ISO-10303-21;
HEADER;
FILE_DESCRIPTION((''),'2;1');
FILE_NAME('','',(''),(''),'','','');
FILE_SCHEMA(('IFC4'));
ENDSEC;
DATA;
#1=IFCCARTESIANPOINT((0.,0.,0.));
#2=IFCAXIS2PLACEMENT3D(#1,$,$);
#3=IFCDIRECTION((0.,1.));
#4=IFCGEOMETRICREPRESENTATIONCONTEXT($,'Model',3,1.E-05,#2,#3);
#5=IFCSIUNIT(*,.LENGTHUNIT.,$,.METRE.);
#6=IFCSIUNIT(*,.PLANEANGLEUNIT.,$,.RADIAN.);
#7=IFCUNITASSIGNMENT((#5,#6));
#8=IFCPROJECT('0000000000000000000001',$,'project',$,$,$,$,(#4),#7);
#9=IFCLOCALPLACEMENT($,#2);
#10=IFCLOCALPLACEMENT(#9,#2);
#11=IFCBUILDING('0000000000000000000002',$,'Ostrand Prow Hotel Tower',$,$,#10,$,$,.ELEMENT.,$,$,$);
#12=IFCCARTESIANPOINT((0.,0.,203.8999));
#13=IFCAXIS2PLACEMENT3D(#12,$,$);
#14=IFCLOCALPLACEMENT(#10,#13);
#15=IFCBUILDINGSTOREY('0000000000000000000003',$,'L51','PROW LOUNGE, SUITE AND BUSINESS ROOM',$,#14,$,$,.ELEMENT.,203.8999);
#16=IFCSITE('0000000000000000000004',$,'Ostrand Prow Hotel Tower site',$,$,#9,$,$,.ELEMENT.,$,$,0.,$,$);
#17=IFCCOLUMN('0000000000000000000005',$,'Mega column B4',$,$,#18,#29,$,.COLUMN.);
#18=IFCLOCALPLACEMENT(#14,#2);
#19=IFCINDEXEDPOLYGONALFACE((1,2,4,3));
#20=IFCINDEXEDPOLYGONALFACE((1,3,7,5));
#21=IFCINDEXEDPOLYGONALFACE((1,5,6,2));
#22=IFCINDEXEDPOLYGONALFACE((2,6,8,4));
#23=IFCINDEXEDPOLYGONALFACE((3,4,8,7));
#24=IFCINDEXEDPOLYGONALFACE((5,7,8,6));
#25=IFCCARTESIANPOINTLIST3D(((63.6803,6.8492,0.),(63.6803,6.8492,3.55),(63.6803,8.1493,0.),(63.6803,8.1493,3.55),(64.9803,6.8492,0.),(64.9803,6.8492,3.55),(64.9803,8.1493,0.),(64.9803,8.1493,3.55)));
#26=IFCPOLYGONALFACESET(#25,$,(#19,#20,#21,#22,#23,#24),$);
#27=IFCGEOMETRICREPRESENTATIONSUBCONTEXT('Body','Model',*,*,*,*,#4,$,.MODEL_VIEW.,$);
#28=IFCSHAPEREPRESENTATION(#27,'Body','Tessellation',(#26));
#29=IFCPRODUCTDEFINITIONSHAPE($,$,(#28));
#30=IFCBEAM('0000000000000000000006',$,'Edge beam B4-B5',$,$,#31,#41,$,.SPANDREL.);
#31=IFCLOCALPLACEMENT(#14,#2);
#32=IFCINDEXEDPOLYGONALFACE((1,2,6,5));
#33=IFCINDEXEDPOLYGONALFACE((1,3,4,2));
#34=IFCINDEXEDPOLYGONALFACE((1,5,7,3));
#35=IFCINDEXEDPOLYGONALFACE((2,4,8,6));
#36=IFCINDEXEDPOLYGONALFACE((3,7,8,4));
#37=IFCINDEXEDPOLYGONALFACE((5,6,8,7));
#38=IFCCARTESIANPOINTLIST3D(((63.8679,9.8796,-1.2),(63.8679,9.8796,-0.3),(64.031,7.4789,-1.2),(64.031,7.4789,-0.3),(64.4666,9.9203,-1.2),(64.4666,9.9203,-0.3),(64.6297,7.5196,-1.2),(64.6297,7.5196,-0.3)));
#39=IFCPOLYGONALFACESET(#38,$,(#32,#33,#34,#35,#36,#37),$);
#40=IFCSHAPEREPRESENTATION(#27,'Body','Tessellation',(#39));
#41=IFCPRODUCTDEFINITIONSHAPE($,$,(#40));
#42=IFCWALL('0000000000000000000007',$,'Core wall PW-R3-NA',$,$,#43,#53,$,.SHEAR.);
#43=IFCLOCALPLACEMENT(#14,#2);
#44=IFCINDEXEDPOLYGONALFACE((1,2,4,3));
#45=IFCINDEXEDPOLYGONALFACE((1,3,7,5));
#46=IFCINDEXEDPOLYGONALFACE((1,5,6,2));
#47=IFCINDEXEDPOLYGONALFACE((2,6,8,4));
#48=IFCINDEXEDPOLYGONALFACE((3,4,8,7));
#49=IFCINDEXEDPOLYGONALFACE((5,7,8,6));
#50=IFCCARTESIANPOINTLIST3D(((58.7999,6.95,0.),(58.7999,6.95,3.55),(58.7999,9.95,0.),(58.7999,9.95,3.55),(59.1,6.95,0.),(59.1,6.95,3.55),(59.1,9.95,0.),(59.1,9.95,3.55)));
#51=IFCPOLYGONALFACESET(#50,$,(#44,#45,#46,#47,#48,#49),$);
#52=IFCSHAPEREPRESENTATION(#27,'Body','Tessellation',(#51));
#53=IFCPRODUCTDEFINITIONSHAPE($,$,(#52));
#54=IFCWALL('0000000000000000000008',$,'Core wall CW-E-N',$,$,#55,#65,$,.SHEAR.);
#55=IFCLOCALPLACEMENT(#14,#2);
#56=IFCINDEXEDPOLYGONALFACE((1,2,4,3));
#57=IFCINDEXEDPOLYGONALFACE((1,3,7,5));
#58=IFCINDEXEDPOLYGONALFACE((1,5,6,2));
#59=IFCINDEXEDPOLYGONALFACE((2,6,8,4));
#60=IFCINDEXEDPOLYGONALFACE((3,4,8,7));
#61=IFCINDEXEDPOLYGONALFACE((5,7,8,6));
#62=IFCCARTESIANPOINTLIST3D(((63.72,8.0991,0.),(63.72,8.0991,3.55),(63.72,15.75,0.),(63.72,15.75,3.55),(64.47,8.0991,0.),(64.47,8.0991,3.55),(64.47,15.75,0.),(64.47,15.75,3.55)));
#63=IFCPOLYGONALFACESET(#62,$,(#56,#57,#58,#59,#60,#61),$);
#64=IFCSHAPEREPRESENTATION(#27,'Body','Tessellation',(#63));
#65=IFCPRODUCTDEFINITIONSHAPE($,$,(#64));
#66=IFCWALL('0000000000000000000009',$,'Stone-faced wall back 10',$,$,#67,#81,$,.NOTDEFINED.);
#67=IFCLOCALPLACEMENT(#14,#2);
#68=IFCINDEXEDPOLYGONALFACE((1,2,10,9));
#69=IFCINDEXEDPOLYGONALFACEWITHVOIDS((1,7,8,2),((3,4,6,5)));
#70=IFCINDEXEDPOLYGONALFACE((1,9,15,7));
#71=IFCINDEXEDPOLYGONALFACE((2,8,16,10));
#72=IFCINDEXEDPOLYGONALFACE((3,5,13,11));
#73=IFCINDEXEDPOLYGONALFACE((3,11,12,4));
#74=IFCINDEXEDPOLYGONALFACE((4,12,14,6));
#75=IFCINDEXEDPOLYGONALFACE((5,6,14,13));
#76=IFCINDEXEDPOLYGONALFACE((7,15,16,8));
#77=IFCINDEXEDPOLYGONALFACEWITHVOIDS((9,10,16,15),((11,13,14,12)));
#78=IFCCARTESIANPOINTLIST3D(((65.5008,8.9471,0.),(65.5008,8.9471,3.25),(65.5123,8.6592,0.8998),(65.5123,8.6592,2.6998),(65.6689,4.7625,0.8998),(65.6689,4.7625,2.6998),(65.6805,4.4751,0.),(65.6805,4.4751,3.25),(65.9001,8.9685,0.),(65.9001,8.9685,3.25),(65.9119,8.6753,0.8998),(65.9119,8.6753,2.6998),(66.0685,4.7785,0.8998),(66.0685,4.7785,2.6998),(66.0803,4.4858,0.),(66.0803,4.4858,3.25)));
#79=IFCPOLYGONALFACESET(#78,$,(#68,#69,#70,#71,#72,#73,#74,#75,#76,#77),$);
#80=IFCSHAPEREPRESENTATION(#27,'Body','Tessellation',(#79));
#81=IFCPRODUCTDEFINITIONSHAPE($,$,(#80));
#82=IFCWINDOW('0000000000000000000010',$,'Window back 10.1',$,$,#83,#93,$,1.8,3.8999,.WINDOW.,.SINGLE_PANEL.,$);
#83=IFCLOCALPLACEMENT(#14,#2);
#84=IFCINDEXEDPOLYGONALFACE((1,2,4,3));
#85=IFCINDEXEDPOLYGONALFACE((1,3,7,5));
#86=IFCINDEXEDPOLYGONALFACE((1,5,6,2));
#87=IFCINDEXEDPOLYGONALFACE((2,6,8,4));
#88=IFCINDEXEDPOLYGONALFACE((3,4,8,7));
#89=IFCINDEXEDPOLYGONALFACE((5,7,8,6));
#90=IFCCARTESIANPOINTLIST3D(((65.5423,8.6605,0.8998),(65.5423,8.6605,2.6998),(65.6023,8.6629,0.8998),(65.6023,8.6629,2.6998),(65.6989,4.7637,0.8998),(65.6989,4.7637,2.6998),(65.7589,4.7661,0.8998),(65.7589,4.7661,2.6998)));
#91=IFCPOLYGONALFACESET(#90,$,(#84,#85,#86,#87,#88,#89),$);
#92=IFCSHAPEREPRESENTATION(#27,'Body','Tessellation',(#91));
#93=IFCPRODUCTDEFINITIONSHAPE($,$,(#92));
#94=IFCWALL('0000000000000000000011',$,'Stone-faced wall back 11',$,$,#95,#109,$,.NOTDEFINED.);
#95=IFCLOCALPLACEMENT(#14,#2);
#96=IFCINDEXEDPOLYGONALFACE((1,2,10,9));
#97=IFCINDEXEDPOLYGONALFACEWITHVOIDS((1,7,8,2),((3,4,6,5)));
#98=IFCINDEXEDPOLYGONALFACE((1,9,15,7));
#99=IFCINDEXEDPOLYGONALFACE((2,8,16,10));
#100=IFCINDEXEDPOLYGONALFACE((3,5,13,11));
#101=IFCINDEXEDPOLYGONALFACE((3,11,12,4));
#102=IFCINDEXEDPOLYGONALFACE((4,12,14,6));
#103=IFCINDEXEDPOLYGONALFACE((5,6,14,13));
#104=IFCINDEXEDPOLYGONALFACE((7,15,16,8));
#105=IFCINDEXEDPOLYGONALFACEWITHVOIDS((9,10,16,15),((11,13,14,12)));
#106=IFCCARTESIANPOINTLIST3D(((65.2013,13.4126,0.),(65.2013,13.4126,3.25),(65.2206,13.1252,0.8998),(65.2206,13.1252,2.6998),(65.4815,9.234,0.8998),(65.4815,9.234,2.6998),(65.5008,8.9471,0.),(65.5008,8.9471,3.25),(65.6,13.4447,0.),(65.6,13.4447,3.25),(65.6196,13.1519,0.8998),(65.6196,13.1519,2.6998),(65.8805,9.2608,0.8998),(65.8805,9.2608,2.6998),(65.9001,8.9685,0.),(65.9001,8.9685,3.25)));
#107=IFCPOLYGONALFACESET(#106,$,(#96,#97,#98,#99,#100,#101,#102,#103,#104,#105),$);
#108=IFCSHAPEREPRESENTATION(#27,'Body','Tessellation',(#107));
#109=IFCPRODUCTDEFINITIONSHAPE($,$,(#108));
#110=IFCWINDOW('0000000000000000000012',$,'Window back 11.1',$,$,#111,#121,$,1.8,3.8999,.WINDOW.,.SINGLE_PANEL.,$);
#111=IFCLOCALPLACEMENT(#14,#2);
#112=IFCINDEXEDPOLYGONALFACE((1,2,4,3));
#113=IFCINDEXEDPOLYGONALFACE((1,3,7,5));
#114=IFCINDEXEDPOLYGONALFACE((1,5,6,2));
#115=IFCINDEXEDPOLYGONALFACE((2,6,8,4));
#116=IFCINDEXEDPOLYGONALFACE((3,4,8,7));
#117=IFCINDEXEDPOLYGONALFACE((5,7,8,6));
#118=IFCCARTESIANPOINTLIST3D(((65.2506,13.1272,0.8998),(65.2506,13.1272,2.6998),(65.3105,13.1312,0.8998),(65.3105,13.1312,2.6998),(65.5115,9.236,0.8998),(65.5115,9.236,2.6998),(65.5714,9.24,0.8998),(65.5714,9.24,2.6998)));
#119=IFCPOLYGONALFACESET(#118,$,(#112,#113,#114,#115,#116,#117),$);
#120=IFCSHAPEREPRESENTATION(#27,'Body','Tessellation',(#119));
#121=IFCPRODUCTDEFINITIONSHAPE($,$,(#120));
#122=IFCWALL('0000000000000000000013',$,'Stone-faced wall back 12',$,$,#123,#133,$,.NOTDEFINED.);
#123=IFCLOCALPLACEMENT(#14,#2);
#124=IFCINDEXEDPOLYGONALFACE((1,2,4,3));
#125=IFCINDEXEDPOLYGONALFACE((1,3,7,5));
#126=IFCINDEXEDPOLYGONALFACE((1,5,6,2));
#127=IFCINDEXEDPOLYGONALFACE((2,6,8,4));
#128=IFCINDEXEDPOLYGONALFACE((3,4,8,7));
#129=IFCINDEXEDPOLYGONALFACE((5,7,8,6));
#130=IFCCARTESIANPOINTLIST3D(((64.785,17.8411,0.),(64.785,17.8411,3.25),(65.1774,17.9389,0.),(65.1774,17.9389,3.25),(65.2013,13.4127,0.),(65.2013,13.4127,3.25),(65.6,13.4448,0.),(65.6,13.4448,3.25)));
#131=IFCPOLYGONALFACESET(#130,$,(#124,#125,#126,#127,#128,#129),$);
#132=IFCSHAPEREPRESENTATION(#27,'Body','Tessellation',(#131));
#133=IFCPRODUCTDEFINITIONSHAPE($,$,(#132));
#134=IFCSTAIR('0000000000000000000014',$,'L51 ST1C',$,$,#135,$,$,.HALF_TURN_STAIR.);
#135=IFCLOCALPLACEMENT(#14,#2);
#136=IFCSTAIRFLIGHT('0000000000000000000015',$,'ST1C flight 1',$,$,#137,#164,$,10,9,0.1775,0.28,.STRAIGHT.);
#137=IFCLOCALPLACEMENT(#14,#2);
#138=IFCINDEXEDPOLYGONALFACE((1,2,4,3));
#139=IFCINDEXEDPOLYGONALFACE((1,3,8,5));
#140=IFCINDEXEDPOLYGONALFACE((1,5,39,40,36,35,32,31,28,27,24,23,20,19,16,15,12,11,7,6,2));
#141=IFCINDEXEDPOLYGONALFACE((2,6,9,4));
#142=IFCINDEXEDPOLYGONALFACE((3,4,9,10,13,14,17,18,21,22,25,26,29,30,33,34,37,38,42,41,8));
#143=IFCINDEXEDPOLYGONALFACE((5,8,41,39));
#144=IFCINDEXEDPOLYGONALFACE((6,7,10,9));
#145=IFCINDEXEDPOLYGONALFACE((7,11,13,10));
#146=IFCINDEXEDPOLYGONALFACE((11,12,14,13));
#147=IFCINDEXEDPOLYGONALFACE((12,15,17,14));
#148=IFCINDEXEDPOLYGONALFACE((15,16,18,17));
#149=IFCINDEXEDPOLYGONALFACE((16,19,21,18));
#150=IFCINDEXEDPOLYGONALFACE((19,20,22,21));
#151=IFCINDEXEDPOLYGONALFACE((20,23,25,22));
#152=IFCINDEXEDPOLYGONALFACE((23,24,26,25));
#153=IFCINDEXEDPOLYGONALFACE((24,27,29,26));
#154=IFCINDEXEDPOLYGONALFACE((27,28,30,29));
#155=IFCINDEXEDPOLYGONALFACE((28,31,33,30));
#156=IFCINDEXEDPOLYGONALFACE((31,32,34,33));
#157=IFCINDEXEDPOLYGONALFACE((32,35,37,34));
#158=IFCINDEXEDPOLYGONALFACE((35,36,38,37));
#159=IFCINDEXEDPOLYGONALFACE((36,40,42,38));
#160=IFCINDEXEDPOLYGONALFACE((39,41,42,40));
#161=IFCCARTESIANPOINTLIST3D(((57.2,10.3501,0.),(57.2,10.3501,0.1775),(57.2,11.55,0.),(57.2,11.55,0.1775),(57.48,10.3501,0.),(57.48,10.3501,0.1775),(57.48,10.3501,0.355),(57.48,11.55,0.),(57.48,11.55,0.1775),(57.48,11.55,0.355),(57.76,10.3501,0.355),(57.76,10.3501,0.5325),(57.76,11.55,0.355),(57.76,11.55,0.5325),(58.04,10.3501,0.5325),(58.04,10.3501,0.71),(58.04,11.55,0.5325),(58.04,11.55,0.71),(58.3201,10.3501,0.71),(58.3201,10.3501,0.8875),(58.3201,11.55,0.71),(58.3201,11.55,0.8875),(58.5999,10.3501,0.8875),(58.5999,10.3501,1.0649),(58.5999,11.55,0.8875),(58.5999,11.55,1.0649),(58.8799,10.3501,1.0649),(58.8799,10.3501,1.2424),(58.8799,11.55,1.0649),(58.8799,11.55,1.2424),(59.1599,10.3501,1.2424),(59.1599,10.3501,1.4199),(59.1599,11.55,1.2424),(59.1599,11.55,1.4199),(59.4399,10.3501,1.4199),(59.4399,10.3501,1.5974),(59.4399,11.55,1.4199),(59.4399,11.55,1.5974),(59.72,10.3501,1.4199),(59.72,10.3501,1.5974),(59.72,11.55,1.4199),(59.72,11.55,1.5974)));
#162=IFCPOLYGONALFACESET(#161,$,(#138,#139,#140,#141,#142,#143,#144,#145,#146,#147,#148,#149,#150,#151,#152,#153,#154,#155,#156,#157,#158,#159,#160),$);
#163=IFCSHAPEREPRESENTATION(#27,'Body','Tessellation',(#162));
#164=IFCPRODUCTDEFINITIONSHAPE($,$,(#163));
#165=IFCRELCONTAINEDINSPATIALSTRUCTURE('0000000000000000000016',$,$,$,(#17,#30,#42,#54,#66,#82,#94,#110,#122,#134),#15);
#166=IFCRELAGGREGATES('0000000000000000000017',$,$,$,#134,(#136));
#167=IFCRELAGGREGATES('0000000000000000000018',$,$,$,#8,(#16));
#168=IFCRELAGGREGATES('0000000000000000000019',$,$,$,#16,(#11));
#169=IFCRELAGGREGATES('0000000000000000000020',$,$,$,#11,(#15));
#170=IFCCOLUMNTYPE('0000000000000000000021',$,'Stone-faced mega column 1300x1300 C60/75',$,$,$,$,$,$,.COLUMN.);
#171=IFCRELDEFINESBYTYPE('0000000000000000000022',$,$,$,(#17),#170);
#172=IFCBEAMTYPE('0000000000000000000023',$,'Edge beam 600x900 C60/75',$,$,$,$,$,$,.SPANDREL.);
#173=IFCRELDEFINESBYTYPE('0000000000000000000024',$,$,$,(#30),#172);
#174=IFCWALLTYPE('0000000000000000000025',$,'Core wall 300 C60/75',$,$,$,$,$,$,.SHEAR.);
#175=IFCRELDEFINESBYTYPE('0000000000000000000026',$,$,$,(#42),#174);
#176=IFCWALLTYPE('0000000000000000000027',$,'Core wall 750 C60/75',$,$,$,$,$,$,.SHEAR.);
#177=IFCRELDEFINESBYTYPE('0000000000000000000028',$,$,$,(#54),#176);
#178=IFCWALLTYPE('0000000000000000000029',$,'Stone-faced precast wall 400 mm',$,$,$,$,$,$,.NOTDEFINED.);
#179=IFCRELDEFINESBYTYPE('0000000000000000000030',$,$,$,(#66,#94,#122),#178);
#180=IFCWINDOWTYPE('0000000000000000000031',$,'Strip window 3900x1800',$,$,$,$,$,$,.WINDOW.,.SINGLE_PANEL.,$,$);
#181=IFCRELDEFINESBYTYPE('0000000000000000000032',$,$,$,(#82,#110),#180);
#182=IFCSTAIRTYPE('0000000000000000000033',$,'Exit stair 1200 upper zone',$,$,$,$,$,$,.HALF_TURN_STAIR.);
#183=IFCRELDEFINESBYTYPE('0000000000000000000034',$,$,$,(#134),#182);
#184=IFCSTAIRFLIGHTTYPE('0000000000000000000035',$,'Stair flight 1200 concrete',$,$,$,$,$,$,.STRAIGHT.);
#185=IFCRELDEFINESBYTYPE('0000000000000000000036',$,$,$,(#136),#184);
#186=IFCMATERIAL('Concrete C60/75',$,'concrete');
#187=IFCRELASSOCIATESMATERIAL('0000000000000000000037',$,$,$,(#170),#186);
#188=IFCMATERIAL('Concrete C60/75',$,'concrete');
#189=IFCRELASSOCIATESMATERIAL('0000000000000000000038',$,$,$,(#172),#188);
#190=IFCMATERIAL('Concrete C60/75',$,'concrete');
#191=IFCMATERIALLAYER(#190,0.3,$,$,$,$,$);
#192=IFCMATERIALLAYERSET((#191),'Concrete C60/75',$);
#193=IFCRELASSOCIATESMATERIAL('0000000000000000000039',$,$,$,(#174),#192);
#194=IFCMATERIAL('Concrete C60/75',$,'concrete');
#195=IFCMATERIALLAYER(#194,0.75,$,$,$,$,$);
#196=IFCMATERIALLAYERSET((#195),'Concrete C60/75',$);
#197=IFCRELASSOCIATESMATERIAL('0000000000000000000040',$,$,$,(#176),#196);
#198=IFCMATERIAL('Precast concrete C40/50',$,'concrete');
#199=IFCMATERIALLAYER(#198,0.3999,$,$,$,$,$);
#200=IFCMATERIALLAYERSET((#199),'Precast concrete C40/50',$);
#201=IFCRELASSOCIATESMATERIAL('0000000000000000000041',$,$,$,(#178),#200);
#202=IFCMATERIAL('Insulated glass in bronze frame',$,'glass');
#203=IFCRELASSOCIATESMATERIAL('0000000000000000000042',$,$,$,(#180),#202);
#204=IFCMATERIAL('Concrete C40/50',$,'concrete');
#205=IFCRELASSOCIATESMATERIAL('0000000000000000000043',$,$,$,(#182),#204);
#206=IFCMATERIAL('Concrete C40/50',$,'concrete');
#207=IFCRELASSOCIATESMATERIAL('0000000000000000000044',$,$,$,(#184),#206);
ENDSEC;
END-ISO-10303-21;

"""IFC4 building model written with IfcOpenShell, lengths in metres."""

from ifc_helpers import new_model, si_unit, direction, frame, frame_2d, origin, origin_2d, place, context, subcontext, project, spatial, polyline, rectangle, outline, extrude, material, layer, layer_set, material_profile, profile_set, type_object, element, fill, aggregate, save


model = new_model("IFC4")

# Units and contexts
model_context = context("Model", 3, precision=1e-05, world=origin(), true_north=direction((0.0, 1.0)))
body_context = subcontext(model_context, "Body", "Model", "MODEL_VIEW")
ifc_project = project(units=[si_unit("LENGTHUNIT", "METRE"), si_unit("PLANEANGLEUNIT", "RADIAN")], contexts=[model_context])

# Site, building, storey
site_placement = place(None, origin())
site = spatial("IfcSite", under=ifc_project, at=site_placement, Name="Ostrand Prow Hotel Tower site", CompositionType="ELEMENT", RefElevation=0.0)
building_placement = place(site_placement, origin())
building = spatial("IfcBuilding", under=site, at=building_placement, Name="Ostrand Prow Hotel Tower", CompositionType="ELEMENT")
storey_placement = place(building_placement, frame((0.0, 0.0, 203.8999)))
storey = spatial("IfcBuildingStorey", under=building, at=storey_placement, Name="L51", Description="PROW LOUNGE, SUITE AND BUSINESS ROOM", CompositionType="ELEMENT", Elevation=203.8999)

# Column
ifc_material_1 = material(Name="Concrete C60/75", Category="concrete")
ifc_material_profile_1 = material_profile(ifc_material_1, rectangle(XDim=1.3, YDim=1.3, at=origin_2d()), Name="RC 1300x1300")
ifc_profile_set_1 = profile_set([ifc_material_profile_1], Name="Concrete C60/75")
column_type = type_object("IfcColumnType", Name="Stone-faced mega column 1300x1300 C60/75", PredefinedType="COLUMN", material=ifc_profile_set_1)
column_placement = place(storey_placement, frame((64.3303, 7.4993, 0.0), z_axis=(0.0, 0.0, 1.0), x_axis=(1.0, 0.0, 0.0)))
element("IfcColumn", 1, at=column_placement, inside=storey, type_object=column_type, Name="Mega column B4", PredefinedType="COLUMN", context=body_context, shape_type="SweptSolid", body=[
    extrude(rectangle(XDim=1.3, YDim=1.3, at=origin_2d()), origin(), (0.0, 0.0, 1.0), 3.55),
])

# Beam
ifc_material_2 = material(Name="Concrete C60/75", Category="concrete")
ifc_material_profile_2 = material_profile(ifc_material_2, rectangle(XDim=0.6001, YDim=0.8999, at=origin_2d()), Name="RC 600x900")
ifc_profile_set_2 = profile_set([ifc_material_profile_2], Name="Concrete C60/75")
beam_type = type_object("IfcBeamType", Name="Edge beam 600x900 C60/75", PredefinedType="SPANDREL", material=ifc_profile_set_2)
beam_placement = place(storey_placement, frame((64.3303, 7.4993, -0.75), z_axis=(-0.067778, 0.9977, 0.0), x_axis=(-0.9977, -0.067778, 0.0)))
element("IfcBeam", 2, at=beam_placement, inside=storey, type_object=beam_type, Name="Edge beam B4-B5", PredefinedType="SPANDREL", context=body_context, shape_type="SweptSolid", body=[
    extrude(rectangle(XDim=0.6001, YDim=0.8999, at=origin_2d()), origin(), (0.0, 0.0, 1.0), 2.4062),
])

# Walls
ifc_material_3 = material(Name="Concrete C60/75", Category="concrete")
ifc_layer_1 = layer(ifc_material_3, 0.3)
ifc_layer_set_1 = layer_set([ifc_layer_1], Name="Concrete C60/75")
wall_type_1 = type_object("IfcWallType", Name="Core wall 300 C60/75", PredefinedType="SHEAR", material=ifc_layer_set_1)
wall_1_placement = place(storey_placement, frame((58.95, 6.95, 0.0), z_axis=(0.0, 0.0, 1.0), x_axis=(0.0, 1.0, 0.0)))
element("IfcWall", 3, at=wall_1_placement, inside=storey, type_object=wall_type_1, Name="Core wall PW-R3-NA", PredefinedType="SHEAR", context=body_context, shape_type="SweptSolid", body=[
    extrude(rectangle(XDim=3.0, YDim=0.3, at=frame_2d((1.5, 0.0))), origin(), (0.0, 0.0, 1.0), 3.55),
])
ifc_material_4 = material(Name="Concrete C60/75", Category="concrete")
ifc_layer_2 = layer(ifc_material_4, 0.75)
ifc_layer_set_2 = layer_set([ifc_layer_2], Name="Concrete C60/75")
wall_type_2 = type_object("IfcWallType", Name="Core wall 750 C60/75", PredefinedType="SHEAR", material=ifc_layer_set_2)
wall_2_placement = place(storey_placement, frame((64.095, 8.0991, 0.0), z_axis=(0.0, 0.0, 1.0), x_axis=(0.0, 1.0, 0.0)))
element("IfcWall", 4, at=wall_2_placement, inside=storey, type_object=wall_type_2, Name="Core wall CW-E-N", PredefinedType="SHEAR", context=body_context, shape_type="SweptSolid", body=[
    extrude(rectangle(XDim=7.6509, YDim=0.75, at=frame_2d((3.8254, 0.0))), origin(), (0.0, 0.0, 1.0), 3.55),
])

# Walls, openings, windows
ifc_material_5 = material(Name="Precast concrete C40/50", Category="concrete")
ifc_layer_3 = layer(ifc_material_5, 0.3999)
ifc_layer_set_3 = layer_set([ifc_layer_3], Name="Precast concrete C40/50")
wall_type_3 = type_object("IfcWallType", Name="Stone-faced precast wall 400 mm", PredefinedType="NOTDEFINED", material=ifc_layer_set_3)
wall_3_placement = place(storey_placement, frame((65.8804, 4.4805, 0.0), z_axis=(0.0, 0.0, 1.0), x_axis=(-0.040155, 0.999193, 0.0)))
wall_3 = element("IfcWall", 5, at=wall_3_placement, inside=storey, type_object=wall_type_3, Name="Stone-faced wall back 10", PredefinedType="NOTDEFINED", context=body_context, shape_type="SweptSolid", body=[
    extrude(outline(polyline([(-0.0027, -0.2), (4.4836, -0.2), (4.4783, 0.2), (0.0027, 0.2), (-0.0027, -0.2)])), origin(), (0.0, 0.0, 1.0), 3.25),
])
opening_1_placement = place(wall_3_placement, frame((0.2903, 0.0, 0.8999)))
opening_1 = element("IfcOpeningElement", 6, at=opening_1_placement, cuts=wall_3, PredefinedType="OPENING", context=body_context, shape_type="SweptSolid", body=[
    extrude(rectangle(XDim=3.8999, YDim=1.8, at=frame_2d((1.95, 0.8999))), frame((0.0, 0.21, 0.0), z_axis=(0.0, -1.0, 0.0), x_axis=(1.0, 0.0, 0.0)), (0.0, 0.0, 1.0), 0.4199),
])
ifc_material_6 = material(Name="Insulated glass in bronze frame", Category="glass")
window_type = type_object("IfcWindowType", Name="Strip window 3900x1800", PartitioningType="SINGLE_PANEL", PredefinedType="WINDOW", material=ifc_material_6)
window_1_placement = place(opening_1_placement, origin())
window_1 = element("IfcWindow", 7, at=window_1_placement, inside=storey, type_object=window_type, Name="Window back 10.1", OverallHeight=1.8, OverallWidth=3.8999, PartitioningType="SINGLE_PANEL", PredefinedType="WINDOW", context=body_context, shape_type="SweptSolid", body=[
    extrude(rectangle(XDim=3.8999, YDim=1.8, at=frame_2d((1.95, 0.8999))), frame((0.0, 0.1699, 0.0), z_axis=(0.0, -1.0, 0.0), x_axis=(1.0, 0.0, 0.0)), (0.0, 0.0, 1.0), 0.0601),
])
fill(opening_1, window_1)
wall_4_placement = place(storey_placement, frame((65.7004, 8.9578, 0.0), z_axis=(0.0, 0.0, 1.0), x_axis=(-0.066906, 0.997759, 0.0)))
wall_4 = element("IfcWall", 8, at=wall_4_placement, inside=storey, type_object=wall_type_3, Name="Stone-faced wall back 11", PredefinedType="NOTDEFINED", context=body_context, shape_type="SweptSolid", body=[
    extrude(outline(polyline([(-0.0027, -0.2), (4.4836, -0.2), (4.4783, 0.2), (0.0027, 0.2), (-0.0027, -0.2)])), origin(), (0.0, 0.0, 1.0), 3.25),
])
opening_2_placement = place(wall_4_placement, frame((0.2903, 0.0, 0.8999)))
opening_2 = element("IfcOpeningElement", 9, at=opening_2_placement, cuts=wall_4, PredefinedType="OPENING", context=body_context, shape_type="SweptSolid", body=[
    extrude(rectangle(XDim=3.8999, YDim=1.8, at=frame_2d((1.95, 0.8999))), frame((0.0, 0.21, 0.0), z_axis=(0.0, -1.0, 0.0), x_axis=(1.0, 0.0, 0.0)), (0.0, 0.0, 1.0), 0.4199),
])
window_2_placement = place(opening_2_placement, origin())
window_2 = element("IfcWindow", 10, at=window_2_placement, inside=storey, type_object=window_type, Name="Window back 11.1", OverallHeight=1.8, OverallWidth=3.8999, PartitioningType="SINGLE_PANEL", PredefinedType="WINDOW", context=body_context, shape_type="SweptSolid", body=[
    extrude(rectangle(XDim=3.8999, YDim=1.8, at=frame_2d((1.95, 0.8999))), frame((0.0, 0.1699, 0.0), z_axis=(0.0, -1.0, 0.0), x_axis=(1.0, 0.0, 0.0)), (0.0, 0.0, 1.0), 0.0601),
])
fill(opening_2, window_2)

# Wall
wall_5_placement = place(storey_placement, frame((65.4006, 13.4287, 0.0), z_axis=(0.0, 0.0, 1.0), x_axis=(-0.093606, 0.995609, 0.0)))
element("IfcWall", 11, at=wall_5_placement, inside=storey, type_object=wall_type_3, Name="Stone-faced wall back 12", PredefinedType="NOTDEFINED", context=body_context, shape_type="SweptSolid", body=[
    extrude(outline(polyline([(-0.0027, -0.2), (4.5112, -0.2), (4.4507, 0.2), (0.0027, 0.2), (-0.0027, -0.2)])), origin(), (0.0, 0.0, 1.0), 3.25),
])

# Stair, stair flight
ifc_material_7 = material(Name="Concrete C40/50", Category="concrete")
stair_type = type_object("IfcStairType", Name="Exit stair 1200 upper zone", PredefinedType="HALF_TURN_STAIR", material=ifc_material_7)
stair_1_placement = place(storey_placement, origin())
stair_1 = element("IfcStair", 12, at=stair_1_placement, inside=storey, type_object=stair_type, Name="L51 ST1C", PredefinedType="HALF_TURN_STAIR")
ifc_material_8 = material(Name="Concrete C40/50", Category="concrete")
stair_flight_type = type_object("IfcStairFlightType", Name="Stair flight 1200 concrete", PredefinedType="STRAIGHT", material=ifc_material_8)
stair_flight_1_placement = place(storey_placement, frame((57.2, 10.95, 0.0), z_axis=(0.0, 0.0, 1.0), x_axis=(1.0, 0.0, 0.0)))
stair_flight_1 = element("IfcStairFlight", 13, at=stair_flight_1_placement, type_object=stair_flight_type, Name="ST1C flight 1", NumberOfRisers=10, NumberOfTreads=9, PredefinedType="STRAIGHT", RiserHeight=0.1775, TreadLength=0.28, context=body_context, shape_type="SweptSolid", body=[
    extrude(outline(polyline([(0.0, 0.0), (0.0, 0.1775), (0.28, 0.1775), (0.28, 0.355), (0.5601, 0.355), (0.5601, 0.5325), (0.8401, 0.5325), (0.8401, 0.71), (1.1201, 0.71), (1.1201, 0.8875), (1.3999, 0.8875), (1.3999, 1.0649), (1.6799, 1.0649), (1.6799, 1.2424), (1.96, 1.2424), (1.96, 1.4199), (2.24, 1.4199), (2.24, 1.5974), (2.52, 1.5974), (2.52, 1.7749), (2.52, 1.4199), (0.28, 0.0), (0.0, 0.0)])), frame((0.0, 0.6001, 0.0), z_axis=(0.0, -1.0, 0.0), x_axis=(1.0, 0.0, 0.0)), (0.0, 0.0, 1.0), 1.2),
])
aggregate(stair_1, [stair_flight_1])

save(model, "model.ifc")
